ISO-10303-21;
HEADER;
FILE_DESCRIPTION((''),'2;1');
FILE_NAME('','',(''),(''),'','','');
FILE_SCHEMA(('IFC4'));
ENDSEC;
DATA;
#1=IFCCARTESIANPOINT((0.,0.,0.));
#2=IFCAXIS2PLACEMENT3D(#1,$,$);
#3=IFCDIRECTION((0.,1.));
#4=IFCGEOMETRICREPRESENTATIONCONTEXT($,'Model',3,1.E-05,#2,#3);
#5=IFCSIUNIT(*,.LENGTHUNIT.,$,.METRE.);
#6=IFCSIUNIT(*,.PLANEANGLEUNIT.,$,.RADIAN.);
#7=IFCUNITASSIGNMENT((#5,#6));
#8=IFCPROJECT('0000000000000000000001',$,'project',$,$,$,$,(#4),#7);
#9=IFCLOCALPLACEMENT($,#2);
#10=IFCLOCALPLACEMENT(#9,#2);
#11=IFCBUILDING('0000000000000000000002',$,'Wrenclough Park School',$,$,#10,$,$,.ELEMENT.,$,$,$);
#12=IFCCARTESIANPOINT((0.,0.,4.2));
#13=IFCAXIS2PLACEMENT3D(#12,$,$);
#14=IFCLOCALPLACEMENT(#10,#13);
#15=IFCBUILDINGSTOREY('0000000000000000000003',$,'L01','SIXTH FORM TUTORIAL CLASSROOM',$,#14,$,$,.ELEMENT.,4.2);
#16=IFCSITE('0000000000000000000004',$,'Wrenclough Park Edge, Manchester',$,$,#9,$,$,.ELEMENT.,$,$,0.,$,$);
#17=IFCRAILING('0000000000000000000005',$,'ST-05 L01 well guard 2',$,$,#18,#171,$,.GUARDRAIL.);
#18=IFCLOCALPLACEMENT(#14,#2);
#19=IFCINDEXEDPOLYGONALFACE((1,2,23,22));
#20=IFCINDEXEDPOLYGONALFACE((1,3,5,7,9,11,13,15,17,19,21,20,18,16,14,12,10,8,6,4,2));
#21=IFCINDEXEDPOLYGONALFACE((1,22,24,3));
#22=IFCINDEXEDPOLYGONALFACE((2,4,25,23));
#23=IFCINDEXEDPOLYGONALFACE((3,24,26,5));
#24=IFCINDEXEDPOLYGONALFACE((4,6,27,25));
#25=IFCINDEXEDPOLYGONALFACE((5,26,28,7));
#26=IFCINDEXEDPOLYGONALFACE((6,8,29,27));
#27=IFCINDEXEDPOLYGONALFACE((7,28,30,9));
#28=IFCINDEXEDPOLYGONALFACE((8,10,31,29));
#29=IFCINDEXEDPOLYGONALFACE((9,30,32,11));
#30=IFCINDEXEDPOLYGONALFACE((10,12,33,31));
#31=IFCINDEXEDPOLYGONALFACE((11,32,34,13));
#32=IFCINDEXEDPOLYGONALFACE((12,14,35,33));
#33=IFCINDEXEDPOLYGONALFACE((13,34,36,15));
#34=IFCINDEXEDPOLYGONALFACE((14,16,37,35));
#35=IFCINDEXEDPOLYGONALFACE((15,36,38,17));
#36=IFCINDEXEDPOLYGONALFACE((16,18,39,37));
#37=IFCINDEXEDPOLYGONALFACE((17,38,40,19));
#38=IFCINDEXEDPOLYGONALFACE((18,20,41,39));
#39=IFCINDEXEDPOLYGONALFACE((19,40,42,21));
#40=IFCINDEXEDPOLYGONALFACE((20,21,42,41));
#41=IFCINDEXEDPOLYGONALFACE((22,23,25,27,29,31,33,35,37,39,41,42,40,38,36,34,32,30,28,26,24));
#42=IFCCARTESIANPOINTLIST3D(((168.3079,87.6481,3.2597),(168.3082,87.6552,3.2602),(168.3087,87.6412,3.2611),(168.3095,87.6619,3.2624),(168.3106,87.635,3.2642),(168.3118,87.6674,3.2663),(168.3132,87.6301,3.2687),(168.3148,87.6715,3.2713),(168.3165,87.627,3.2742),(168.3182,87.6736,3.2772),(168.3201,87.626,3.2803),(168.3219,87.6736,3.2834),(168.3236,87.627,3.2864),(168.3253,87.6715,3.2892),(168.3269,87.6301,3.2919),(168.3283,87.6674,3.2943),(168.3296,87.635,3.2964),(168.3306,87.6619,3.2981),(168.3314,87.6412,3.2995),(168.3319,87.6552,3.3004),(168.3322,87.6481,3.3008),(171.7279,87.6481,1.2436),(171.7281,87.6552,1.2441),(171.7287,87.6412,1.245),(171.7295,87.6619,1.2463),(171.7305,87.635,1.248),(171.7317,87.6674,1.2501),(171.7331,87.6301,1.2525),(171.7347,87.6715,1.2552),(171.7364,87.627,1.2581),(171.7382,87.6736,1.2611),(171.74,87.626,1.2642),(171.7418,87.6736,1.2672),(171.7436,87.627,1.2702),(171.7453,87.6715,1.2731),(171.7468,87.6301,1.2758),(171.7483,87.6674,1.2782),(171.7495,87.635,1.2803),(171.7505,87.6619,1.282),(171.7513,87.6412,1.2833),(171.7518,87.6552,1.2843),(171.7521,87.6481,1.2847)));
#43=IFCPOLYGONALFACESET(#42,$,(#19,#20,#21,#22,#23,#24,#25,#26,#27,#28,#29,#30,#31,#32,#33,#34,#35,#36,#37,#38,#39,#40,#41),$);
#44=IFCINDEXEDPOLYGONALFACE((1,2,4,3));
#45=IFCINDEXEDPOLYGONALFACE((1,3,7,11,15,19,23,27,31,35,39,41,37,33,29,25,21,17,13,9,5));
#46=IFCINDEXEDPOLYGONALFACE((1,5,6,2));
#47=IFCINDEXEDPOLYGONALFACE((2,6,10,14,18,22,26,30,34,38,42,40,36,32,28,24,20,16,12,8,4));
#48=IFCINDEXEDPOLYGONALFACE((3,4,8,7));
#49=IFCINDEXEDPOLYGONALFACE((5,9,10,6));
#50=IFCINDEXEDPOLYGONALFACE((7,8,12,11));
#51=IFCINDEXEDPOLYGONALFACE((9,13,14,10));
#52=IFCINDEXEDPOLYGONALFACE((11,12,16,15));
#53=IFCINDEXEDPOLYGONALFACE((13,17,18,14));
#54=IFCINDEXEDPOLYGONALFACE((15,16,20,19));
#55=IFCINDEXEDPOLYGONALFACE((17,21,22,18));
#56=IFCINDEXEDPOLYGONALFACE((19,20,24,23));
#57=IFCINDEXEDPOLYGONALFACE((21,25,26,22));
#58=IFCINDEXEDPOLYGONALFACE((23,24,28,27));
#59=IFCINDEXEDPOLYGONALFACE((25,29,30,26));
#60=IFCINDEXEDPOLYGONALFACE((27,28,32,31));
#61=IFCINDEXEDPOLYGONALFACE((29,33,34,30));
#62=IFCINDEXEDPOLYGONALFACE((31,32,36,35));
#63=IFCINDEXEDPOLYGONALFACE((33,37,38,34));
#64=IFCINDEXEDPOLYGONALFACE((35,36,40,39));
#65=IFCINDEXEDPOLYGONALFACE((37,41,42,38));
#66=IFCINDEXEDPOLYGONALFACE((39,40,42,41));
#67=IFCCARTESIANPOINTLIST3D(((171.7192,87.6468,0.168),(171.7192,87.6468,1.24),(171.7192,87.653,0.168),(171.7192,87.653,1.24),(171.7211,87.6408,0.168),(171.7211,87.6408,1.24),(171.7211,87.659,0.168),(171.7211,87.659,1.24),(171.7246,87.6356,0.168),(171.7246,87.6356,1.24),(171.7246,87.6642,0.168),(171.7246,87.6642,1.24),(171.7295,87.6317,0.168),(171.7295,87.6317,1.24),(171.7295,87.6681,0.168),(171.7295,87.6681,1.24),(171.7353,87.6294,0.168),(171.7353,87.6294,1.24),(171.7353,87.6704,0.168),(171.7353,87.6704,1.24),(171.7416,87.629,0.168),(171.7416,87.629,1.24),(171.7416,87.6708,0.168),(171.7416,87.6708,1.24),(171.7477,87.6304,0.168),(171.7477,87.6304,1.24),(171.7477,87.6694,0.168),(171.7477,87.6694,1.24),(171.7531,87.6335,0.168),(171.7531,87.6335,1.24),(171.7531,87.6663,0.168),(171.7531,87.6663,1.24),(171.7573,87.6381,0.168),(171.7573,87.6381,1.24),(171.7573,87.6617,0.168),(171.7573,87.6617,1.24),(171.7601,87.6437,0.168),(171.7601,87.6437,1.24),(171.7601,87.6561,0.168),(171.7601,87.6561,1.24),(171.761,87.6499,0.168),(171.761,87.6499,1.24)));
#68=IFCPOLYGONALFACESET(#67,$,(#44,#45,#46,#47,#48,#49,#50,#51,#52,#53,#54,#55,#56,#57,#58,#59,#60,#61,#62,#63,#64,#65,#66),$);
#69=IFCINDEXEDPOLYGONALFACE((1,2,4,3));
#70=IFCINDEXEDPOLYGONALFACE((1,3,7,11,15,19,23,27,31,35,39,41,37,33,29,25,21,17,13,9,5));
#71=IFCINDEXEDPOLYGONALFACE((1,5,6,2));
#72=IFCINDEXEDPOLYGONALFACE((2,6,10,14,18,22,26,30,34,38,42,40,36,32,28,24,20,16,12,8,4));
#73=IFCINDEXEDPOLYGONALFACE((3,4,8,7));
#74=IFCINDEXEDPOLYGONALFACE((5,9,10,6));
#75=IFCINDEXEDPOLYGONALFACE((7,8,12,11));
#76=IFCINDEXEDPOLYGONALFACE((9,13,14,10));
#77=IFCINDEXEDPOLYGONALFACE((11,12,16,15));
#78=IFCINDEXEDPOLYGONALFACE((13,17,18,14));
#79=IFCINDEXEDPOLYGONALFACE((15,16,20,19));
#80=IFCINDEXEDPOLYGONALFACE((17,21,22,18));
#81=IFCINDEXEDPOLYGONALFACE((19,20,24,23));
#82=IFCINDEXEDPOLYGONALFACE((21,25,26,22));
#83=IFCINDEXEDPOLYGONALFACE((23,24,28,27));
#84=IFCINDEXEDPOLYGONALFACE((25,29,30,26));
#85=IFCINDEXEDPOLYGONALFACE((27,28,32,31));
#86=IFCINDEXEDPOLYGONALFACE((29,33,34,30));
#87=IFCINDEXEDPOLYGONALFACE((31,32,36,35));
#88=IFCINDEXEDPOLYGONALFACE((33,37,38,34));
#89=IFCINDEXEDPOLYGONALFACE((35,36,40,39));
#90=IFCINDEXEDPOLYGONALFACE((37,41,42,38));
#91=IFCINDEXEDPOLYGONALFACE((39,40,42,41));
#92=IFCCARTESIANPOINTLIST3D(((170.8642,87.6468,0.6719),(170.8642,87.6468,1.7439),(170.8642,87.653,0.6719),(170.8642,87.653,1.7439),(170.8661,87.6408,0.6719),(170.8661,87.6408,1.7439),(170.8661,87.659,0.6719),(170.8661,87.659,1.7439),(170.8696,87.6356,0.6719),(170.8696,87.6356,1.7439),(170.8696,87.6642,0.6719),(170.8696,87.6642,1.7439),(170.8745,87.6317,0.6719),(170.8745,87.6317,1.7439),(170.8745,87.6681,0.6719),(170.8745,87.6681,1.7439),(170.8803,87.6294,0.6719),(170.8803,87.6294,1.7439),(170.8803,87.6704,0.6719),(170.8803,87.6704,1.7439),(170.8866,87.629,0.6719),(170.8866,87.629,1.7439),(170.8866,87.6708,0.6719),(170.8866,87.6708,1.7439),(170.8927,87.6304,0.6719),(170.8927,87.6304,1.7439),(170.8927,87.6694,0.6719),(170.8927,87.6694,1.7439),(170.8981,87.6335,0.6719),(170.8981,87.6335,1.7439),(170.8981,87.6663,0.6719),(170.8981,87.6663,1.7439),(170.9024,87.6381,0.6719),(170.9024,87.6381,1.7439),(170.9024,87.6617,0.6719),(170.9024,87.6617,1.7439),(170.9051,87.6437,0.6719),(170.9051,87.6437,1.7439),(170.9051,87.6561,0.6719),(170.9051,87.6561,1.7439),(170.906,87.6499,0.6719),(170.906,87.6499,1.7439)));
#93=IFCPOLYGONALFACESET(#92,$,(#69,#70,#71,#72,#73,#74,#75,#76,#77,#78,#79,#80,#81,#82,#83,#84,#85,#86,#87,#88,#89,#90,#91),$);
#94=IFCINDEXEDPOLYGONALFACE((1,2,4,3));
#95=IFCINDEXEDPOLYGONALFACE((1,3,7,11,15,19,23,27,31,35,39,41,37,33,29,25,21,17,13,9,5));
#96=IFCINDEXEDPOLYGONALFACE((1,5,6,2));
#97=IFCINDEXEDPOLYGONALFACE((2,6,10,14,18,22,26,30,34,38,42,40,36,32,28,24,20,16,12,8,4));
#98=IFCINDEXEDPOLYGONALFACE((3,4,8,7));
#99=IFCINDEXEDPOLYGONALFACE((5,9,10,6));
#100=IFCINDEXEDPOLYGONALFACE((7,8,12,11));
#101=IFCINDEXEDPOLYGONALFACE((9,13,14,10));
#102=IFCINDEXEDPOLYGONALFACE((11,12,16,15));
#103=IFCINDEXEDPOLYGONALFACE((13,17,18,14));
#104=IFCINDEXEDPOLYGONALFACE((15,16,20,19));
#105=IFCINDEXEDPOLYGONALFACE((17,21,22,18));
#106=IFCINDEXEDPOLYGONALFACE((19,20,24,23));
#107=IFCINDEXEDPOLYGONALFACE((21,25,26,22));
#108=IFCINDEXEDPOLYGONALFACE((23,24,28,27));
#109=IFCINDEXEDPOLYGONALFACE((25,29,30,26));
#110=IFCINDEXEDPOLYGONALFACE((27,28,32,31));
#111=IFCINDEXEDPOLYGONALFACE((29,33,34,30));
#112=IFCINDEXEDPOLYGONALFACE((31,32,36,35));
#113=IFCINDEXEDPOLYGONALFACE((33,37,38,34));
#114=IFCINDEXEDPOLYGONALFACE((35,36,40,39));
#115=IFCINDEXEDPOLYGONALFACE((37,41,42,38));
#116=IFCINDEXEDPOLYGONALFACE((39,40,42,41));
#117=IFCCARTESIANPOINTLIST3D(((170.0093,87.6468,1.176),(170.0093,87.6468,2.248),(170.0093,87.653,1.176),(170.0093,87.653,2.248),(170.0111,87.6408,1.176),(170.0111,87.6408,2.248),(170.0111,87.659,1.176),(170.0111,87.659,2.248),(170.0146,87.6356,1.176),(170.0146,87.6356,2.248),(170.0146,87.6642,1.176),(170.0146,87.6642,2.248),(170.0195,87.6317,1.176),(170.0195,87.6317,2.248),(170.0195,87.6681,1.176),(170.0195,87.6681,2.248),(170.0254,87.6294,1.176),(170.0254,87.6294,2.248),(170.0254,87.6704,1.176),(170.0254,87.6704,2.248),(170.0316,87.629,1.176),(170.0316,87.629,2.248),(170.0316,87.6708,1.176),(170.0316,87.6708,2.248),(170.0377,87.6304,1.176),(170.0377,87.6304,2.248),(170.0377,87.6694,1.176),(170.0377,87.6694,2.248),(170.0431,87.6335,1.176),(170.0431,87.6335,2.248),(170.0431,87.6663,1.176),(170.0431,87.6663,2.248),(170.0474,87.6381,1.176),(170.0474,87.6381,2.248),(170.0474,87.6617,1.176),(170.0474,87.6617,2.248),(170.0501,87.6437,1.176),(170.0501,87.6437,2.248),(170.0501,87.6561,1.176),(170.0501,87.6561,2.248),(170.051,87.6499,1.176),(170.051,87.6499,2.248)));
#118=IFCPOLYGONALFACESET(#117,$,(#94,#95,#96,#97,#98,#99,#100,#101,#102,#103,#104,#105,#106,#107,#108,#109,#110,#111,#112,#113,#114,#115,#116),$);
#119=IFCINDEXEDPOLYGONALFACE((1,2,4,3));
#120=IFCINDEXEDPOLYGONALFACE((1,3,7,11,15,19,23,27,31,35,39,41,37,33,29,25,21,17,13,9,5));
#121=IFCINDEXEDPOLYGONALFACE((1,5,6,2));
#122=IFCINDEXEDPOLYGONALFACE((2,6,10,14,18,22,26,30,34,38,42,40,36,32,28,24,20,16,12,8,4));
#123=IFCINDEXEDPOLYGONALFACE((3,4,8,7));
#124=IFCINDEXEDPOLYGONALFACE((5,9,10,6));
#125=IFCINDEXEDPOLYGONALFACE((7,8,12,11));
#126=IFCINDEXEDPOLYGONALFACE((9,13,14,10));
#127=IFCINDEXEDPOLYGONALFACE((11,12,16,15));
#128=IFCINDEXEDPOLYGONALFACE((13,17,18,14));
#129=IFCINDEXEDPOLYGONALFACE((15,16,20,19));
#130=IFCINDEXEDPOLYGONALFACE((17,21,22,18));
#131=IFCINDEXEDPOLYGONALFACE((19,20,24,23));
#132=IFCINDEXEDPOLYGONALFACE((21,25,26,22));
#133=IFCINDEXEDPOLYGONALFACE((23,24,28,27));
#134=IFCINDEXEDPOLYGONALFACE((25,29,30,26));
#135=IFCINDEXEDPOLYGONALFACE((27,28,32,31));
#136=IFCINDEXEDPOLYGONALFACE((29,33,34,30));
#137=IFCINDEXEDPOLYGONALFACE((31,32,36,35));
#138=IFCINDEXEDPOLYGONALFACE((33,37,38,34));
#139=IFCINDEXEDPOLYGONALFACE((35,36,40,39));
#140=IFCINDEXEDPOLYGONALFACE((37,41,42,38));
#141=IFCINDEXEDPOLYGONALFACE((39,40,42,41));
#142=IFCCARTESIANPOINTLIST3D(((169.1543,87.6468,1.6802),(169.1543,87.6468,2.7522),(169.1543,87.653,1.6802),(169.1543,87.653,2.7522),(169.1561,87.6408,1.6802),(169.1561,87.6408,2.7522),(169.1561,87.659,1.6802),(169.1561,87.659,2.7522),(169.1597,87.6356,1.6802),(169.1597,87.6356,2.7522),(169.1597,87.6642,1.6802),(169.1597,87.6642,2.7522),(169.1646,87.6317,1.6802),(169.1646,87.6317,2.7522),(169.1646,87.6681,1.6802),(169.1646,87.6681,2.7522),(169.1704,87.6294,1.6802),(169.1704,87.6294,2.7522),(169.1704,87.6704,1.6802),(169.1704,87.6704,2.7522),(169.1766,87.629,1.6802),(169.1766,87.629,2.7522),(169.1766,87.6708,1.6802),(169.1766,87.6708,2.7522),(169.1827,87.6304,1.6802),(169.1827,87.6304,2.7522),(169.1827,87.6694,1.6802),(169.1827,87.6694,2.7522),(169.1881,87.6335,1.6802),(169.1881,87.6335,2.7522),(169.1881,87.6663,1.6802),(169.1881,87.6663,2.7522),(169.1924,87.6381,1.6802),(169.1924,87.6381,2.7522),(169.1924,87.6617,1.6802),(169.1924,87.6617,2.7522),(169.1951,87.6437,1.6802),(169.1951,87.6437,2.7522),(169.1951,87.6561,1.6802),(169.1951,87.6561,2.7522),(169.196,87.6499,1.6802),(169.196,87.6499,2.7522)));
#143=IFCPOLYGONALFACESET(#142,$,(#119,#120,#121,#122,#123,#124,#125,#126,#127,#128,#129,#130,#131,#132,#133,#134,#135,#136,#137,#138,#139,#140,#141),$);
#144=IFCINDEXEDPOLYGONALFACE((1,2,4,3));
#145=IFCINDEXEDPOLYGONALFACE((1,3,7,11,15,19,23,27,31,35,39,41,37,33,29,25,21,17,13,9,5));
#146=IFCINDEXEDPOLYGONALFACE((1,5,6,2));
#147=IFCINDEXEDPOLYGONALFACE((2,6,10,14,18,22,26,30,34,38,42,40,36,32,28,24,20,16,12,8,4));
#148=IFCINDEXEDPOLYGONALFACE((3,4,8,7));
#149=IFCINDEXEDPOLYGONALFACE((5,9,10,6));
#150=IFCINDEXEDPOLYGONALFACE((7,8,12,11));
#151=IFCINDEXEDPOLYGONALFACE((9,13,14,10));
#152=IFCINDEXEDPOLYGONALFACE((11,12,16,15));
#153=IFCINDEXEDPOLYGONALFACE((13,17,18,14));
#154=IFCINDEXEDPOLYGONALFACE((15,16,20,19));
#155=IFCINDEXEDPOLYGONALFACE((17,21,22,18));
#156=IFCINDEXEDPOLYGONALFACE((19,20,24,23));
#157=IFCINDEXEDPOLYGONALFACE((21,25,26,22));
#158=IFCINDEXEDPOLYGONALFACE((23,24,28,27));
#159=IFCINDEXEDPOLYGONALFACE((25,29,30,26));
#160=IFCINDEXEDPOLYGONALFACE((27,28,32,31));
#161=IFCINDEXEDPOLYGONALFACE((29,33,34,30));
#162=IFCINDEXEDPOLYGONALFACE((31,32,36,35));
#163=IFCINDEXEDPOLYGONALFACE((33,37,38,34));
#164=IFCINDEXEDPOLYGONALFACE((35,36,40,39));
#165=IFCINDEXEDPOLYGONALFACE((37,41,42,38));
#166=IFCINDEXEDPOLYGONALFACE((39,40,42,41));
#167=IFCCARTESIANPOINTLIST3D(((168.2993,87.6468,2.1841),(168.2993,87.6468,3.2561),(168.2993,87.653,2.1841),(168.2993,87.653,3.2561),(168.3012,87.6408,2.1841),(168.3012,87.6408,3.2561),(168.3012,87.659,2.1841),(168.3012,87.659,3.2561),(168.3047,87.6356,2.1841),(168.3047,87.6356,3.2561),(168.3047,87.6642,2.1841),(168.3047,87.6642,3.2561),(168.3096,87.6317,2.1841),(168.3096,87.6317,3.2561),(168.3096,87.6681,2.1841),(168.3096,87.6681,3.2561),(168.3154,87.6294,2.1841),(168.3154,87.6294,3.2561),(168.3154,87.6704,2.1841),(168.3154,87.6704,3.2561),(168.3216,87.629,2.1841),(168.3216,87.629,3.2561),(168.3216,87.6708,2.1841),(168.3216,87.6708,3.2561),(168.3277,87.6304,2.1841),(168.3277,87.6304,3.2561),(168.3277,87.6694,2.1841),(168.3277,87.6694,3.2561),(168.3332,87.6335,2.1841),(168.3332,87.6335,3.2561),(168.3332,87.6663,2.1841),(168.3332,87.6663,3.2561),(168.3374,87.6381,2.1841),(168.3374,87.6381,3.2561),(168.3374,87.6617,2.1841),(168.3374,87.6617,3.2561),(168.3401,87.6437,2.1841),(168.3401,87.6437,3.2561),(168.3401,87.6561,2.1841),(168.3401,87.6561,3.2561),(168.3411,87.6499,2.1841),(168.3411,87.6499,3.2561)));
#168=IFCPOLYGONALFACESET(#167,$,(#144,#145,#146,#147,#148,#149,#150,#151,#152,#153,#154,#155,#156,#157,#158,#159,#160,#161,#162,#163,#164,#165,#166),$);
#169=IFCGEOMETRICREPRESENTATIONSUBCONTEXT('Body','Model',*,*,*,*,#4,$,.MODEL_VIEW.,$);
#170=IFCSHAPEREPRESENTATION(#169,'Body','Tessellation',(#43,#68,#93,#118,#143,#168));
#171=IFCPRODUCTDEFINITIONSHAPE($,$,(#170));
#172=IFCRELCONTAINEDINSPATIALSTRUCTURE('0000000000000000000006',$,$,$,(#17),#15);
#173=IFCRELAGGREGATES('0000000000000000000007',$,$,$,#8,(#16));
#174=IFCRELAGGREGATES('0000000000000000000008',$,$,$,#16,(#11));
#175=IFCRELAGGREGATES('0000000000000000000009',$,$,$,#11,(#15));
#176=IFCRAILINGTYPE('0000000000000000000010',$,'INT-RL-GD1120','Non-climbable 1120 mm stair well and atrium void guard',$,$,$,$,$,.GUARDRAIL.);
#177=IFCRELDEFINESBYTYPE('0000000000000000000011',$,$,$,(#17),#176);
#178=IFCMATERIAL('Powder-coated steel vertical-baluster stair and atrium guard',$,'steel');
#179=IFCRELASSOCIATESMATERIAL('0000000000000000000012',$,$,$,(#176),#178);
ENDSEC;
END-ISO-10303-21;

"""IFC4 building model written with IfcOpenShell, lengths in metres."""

from ifc_helpers import new_model, si_unit, direction, frame, origin, origin_2d, place, context, subcontext, project, spatial, circle, extrude, material, type_object, element, save


model = new_model("IFC4")

# Units and contexts
model_context = context("Model", 3, precision=1e-05, world=origin(), true_north=direction((0.0, 1.0)))
body_context = subcontext(model_context, "Body", "Model", "MODEL_VIEW")
ifc_project = project(units=[si_unit("LENGTHUNIT", "METRE"), si_unit("PLANEANGLEUNIT", "RADIAN")], contexts=[model_context])

# Site, building, storey
site_placement = place(None, origin())
site = spatial("IfcSite", under=ifc_project, at=site_placement, Name="Wrenclough Park Edge, Manchester", CompositionType="ELEMENT", RefElevation=0.0)
building_placement = place(site_placement, origin())
building = spatial("IfcBuilding", under=site, at=building_placement, Name="Wrenclough Park School", CompositionType="ELEMENT")
storey_placement = place(building_placement, frame((0.0, 0.0, 4.2)))
storey = spatial("IfcBuildingStorey", under=building, at=storey_placement, Name="L01", Description="SIXTH FORM TUTORIAL CLASSROOM", CompositionType="ELEMENT", Elevation=4.2)

# Railing
ifc_material_1 = material(Name="Powder-coated steel vertical-baluster stair and atrium guard", Category="steel")
railing_type_1 = type_object("IfcRailingType", Name="INT-RL-GD1120", Description="Non-climbable 1120 mm stair well and atrium void guard", PredefinedType="GUARDRAIL", material=ifc_material_1)
railing_1_placement = place(storey_placement, frame((171.74, 87.6499, 0.168)))
element("IfcRailing", 1, at=railing_1_placement, inside=storey, type_object=railing_type_1, Name="ST-05 L01 well guard 2", PredefinedType="GUARDRAIL", context=body_context, shape_type="SweptSolid", body=[
    extrude(circle(Radius=0.0239, at=origin_2d()), frame((0.0, 0.0, 1.0962), z_axis=(-0.86145, 0.0, 0.507842), x_axis=(0.0, -1.0, 0.0)), (0.0, 0.0, 1.0), 3.97),
    extrude(circle(Radius=0.021, at=origin_2d()), origin(), (0.0, 0.0, 1.0), 1.072),
    extrude(circle(Radius=0.021, at=origin_2d()), frame((-0.855, 0.0, 0.5039)), (0.0, 0.0, 1.0), 1.072),
    extrude(circle(Radius=0.021, at=origin_2d()), frame((-1.71, 0.0, 1.0081)), (0.0, 0.0, 1.0), 1.072),
    extrude(circle(Radius=0.021, at=origin_2d()), frame((-2.5649, 0.0, 1.5122)), (0.0, 0.0, 1.0), 1.072),
    extrude(circle(Radius=0.021, at=origin_2d()), frame((-3.4199, 0.0, 2.0161)), (0.0, 0.0, 1.0), 1.072),
])

save(model, "model.ifc")
